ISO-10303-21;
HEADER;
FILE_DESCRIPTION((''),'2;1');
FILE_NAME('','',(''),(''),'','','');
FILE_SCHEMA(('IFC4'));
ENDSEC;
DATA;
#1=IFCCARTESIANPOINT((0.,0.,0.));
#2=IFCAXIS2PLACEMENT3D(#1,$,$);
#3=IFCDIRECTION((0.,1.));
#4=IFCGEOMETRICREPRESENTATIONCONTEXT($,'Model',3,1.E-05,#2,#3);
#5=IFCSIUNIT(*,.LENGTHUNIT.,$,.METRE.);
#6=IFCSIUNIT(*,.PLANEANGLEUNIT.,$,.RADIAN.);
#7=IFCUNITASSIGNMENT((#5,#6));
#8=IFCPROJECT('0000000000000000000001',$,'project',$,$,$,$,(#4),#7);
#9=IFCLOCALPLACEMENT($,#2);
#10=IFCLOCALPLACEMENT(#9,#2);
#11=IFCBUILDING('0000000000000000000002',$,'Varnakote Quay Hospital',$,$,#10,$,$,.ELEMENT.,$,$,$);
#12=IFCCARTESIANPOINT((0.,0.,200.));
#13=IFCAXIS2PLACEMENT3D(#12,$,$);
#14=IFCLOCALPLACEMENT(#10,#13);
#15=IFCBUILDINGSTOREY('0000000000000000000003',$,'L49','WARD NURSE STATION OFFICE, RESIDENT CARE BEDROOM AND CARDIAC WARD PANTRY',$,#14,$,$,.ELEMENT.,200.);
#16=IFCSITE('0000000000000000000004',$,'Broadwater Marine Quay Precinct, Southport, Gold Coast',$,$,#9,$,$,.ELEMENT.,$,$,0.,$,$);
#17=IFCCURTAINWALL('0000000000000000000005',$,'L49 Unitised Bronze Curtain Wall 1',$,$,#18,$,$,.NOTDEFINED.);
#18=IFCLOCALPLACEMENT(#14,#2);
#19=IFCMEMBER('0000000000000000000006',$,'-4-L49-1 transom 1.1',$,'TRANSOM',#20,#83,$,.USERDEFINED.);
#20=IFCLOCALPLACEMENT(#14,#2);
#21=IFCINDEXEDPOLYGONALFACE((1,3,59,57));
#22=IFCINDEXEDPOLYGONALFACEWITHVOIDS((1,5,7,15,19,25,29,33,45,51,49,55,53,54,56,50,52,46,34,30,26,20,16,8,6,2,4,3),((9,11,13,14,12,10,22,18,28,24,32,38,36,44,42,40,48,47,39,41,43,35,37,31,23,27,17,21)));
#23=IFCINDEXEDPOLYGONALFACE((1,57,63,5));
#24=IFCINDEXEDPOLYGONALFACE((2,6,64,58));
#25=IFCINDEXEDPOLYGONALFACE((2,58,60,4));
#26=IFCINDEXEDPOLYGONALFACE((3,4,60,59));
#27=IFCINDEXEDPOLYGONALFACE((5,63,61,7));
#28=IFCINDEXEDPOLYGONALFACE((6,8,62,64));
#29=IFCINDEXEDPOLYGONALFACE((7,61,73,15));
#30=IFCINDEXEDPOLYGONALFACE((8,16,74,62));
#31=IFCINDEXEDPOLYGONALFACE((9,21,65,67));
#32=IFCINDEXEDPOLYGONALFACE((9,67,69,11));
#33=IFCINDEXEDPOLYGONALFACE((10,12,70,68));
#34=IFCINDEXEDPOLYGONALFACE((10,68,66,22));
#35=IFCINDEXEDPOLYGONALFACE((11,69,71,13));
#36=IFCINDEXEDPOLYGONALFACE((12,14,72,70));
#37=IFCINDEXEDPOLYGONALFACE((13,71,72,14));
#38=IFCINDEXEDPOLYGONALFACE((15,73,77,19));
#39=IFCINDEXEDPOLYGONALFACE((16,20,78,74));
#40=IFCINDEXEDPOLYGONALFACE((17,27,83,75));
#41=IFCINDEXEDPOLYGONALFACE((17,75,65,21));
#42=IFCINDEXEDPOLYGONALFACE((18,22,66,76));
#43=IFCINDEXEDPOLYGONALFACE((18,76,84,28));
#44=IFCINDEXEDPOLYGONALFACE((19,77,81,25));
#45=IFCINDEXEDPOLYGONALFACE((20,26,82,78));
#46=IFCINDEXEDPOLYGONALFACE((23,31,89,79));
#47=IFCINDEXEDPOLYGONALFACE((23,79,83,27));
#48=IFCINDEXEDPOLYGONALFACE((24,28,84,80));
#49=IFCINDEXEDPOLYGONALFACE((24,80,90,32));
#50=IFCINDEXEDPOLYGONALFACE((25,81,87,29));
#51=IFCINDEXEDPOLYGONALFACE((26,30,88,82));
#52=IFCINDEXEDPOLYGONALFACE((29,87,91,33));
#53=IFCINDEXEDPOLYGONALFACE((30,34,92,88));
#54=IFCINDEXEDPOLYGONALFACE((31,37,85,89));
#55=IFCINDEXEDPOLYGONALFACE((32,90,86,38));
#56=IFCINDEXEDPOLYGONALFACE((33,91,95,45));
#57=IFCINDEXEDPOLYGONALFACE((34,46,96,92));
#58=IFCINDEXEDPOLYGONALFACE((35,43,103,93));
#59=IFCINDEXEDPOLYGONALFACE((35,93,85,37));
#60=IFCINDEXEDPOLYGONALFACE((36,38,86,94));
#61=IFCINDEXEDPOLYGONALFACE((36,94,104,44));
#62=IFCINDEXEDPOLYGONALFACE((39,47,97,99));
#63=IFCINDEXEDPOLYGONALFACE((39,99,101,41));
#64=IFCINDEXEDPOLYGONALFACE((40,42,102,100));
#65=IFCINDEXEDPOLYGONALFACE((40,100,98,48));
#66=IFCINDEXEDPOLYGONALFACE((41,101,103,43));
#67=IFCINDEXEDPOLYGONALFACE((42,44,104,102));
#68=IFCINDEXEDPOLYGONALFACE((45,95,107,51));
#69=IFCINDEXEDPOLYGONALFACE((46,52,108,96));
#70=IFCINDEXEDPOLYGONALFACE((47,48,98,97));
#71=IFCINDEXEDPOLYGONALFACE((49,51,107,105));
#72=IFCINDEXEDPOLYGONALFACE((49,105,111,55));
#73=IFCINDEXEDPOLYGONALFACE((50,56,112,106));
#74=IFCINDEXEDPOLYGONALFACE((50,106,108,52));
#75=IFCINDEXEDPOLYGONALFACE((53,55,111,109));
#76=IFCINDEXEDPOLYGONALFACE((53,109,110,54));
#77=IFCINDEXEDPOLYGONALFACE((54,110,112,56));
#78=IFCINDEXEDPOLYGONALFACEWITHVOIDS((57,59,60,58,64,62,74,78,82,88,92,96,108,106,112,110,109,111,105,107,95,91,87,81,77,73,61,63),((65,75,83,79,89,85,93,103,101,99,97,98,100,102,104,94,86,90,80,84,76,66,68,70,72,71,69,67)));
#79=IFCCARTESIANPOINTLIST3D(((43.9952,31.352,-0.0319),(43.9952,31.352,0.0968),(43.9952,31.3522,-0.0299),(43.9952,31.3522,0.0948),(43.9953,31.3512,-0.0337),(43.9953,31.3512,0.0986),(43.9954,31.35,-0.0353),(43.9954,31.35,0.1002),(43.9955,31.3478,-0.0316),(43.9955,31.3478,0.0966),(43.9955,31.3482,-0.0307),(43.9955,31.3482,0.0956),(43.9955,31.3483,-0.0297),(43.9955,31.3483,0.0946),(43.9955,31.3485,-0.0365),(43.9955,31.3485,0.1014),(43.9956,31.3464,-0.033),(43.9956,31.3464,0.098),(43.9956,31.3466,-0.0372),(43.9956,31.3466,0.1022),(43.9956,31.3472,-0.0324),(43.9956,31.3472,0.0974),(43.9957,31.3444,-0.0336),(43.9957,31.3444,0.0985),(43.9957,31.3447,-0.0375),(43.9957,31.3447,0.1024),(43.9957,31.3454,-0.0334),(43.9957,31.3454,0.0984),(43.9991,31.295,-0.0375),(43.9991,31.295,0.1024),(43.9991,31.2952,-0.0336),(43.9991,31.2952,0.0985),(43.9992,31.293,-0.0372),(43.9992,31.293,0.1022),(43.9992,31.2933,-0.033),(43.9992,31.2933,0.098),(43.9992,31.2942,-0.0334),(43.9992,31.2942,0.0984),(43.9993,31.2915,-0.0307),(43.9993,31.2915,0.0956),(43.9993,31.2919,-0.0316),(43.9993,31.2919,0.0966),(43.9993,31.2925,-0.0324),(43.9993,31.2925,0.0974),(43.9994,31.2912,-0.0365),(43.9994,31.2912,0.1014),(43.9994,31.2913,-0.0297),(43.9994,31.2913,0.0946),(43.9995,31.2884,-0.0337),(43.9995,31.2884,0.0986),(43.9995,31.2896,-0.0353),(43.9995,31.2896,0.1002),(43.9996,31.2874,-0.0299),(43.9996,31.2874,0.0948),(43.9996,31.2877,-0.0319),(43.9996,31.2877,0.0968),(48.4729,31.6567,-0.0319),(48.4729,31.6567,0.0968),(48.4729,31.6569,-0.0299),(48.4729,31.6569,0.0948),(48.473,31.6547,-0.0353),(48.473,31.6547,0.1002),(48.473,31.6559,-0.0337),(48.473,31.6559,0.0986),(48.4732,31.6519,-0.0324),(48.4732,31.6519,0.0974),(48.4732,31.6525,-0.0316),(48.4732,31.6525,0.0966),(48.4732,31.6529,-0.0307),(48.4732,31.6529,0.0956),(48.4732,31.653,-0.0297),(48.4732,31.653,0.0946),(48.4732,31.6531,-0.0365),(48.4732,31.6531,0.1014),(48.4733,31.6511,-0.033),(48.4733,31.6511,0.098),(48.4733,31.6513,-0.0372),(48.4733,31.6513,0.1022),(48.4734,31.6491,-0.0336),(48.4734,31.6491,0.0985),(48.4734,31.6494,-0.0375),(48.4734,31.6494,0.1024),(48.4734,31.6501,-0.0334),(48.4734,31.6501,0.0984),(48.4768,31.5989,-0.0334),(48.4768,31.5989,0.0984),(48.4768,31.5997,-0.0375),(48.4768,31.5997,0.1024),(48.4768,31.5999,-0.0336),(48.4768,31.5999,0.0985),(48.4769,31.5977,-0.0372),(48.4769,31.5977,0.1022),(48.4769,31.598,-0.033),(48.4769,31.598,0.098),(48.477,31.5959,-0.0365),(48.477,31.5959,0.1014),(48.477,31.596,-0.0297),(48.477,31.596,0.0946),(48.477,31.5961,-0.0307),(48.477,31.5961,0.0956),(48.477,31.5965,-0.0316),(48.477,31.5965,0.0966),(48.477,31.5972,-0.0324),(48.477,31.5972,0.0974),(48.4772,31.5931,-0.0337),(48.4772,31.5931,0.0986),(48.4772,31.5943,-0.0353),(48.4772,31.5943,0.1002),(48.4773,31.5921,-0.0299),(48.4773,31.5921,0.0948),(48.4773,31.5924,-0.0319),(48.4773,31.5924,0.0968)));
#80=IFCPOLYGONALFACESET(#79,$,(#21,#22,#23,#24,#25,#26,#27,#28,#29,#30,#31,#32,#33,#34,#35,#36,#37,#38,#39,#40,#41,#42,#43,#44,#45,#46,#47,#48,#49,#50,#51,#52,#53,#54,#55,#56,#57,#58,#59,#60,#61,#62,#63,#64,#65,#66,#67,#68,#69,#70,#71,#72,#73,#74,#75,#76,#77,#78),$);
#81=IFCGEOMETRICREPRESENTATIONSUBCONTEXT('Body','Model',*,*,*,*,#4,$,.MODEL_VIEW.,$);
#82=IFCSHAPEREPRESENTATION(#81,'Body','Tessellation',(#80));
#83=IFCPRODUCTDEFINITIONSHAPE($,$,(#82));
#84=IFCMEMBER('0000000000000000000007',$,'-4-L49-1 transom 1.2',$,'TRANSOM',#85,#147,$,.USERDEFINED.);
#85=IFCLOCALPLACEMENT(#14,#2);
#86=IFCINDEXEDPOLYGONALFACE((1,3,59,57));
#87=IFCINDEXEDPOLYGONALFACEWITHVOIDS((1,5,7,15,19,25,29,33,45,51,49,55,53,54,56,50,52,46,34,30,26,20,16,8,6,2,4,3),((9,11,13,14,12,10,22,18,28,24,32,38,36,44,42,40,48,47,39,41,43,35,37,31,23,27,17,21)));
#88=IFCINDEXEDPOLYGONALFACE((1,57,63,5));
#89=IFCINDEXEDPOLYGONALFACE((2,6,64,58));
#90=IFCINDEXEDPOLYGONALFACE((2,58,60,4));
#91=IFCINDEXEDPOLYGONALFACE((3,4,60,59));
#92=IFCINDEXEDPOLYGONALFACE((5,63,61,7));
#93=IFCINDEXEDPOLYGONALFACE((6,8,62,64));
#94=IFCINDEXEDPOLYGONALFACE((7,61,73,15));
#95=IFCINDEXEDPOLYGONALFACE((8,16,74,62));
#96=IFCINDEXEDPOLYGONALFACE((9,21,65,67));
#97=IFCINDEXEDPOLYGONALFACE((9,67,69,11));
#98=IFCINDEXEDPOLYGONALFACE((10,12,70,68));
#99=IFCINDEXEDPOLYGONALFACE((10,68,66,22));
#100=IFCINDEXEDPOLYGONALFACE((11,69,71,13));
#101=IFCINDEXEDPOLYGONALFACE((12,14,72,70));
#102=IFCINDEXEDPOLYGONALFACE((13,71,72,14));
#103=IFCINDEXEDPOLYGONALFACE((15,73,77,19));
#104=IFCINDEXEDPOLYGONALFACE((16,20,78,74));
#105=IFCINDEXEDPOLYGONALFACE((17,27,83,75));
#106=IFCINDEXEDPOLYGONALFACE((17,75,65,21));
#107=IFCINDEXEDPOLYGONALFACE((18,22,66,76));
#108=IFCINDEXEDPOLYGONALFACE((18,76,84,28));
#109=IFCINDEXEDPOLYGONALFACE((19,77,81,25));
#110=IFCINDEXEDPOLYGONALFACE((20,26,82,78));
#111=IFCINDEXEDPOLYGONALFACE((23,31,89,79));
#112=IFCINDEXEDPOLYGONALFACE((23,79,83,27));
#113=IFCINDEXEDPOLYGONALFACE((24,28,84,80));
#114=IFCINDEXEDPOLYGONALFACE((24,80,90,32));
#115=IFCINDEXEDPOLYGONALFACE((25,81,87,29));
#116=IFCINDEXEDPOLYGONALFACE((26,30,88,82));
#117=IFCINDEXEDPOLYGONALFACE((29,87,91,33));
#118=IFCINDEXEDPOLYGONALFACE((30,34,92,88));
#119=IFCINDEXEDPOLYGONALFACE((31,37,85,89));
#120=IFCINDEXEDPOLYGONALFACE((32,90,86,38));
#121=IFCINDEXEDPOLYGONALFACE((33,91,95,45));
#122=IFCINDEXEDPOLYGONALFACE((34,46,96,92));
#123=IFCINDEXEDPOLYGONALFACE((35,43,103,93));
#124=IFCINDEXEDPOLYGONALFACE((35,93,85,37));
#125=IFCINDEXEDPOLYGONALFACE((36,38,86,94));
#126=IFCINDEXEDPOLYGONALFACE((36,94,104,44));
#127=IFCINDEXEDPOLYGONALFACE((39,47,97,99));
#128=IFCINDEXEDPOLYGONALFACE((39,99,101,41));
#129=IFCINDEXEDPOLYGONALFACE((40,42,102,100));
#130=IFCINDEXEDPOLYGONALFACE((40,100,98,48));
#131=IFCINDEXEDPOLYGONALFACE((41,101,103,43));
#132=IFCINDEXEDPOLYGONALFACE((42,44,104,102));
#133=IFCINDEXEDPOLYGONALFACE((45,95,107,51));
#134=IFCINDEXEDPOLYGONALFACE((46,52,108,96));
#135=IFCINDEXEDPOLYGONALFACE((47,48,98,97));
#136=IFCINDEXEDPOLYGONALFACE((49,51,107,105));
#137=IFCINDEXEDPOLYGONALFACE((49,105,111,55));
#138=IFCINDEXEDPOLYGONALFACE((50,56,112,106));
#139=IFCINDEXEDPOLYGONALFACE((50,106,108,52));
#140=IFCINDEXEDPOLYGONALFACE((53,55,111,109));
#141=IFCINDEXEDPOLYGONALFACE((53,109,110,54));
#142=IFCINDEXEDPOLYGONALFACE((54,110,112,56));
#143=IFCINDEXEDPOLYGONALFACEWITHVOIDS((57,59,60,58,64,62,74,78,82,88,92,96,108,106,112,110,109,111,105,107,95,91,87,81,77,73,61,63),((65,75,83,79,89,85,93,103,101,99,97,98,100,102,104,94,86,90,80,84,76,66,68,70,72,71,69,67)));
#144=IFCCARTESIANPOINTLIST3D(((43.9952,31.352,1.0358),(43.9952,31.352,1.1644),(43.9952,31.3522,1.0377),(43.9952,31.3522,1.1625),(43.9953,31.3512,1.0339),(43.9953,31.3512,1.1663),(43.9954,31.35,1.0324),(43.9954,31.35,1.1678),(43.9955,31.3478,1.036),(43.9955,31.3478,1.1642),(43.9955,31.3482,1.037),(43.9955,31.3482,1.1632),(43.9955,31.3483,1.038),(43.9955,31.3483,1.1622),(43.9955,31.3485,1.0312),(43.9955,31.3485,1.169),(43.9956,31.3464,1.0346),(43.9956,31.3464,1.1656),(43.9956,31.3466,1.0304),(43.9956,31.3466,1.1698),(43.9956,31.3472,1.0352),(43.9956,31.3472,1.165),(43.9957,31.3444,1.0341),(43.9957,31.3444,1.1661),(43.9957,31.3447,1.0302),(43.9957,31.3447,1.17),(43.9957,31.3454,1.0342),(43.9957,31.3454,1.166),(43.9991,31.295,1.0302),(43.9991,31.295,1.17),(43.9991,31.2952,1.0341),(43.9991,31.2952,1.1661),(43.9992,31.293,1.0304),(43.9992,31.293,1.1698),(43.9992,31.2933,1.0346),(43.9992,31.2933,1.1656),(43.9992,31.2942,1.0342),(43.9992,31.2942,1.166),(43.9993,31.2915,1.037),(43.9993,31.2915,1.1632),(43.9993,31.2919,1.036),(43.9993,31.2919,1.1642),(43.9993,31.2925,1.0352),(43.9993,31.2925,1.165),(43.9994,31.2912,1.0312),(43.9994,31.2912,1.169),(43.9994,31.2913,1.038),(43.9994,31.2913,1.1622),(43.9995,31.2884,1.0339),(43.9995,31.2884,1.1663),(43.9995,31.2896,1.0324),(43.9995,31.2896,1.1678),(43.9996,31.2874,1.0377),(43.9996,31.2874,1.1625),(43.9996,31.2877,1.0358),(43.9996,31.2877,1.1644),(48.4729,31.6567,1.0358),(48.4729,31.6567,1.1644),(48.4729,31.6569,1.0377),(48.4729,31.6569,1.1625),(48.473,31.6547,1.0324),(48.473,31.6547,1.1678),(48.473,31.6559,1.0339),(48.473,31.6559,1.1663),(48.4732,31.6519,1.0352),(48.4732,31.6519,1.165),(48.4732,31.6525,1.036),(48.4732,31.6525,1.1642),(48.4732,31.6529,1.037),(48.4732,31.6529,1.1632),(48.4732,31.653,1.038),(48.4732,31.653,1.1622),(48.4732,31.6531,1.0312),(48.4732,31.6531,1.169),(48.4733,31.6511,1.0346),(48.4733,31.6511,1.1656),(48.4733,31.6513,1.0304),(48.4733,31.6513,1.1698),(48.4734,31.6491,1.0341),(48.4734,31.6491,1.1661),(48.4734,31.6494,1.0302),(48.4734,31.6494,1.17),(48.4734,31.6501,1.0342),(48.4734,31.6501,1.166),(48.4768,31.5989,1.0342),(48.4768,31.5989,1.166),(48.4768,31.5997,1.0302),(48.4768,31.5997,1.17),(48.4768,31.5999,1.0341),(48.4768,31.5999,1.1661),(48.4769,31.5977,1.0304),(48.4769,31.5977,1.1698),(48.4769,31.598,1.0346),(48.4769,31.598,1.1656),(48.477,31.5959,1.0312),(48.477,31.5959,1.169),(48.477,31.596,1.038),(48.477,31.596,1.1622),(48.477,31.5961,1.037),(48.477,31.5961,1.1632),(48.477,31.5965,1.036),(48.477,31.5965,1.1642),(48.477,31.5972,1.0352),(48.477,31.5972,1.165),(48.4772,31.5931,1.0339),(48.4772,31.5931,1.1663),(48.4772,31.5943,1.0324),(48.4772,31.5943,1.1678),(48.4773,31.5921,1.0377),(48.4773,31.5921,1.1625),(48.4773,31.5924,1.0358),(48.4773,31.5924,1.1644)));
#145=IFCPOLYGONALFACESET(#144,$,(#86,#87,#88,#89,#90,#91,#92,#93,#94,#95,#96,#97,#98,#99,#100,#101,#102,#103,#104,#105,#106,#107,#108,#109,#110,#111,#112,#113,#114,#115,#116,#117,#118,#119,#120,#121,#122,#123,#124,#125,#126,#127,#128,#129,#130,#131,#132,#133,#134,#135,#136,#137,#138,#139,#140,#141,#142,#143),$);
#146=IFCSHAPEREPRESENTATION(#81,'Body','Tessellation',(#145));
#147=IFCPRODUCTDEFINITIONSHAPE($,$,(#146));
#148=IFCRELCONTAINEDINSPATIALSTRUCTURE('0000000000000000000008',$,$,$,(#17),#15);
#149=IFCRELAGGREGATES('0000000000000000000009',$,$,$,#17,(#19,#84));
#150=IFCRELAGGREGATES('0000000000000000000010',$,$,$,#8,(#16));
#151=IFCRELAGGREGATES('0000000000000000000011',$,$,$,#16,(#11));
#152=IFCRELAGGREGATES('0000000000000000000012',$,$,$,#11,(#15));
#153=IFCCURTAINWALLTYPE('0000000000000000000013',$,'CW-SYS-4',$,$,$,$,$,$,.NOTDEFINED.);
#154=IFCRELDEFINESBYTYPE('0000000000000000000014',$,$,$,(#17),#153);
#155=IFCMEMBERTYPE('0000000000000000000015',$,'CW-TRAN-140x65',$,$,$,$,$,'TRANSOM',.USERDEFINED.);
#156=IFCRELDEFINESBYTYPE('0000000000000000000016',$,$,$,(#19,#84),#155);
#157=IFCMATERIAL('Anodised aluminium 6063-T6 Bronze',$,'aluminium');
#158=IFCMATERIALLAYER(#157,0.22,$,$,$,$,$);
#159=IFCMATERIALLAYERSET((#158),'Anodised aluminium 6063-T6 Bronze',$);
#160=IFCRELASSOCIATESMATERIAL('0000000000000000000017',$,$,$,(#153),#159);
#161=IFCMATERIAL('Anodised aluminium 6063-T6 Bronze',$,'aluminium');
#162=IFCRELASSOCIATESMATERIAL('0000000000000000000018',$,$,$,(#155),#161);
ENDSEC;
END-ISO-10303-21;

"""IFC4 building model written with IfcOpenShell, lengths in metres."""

from ifc_helpers import new_model, si_unit, direction, frame, origin, origin_2d, place, context, subcontext, project, spatial, hollow_rectangle, extrude, material, layer, layer_set, material_profile, profile_set, type_object, element, aggregate, save


model = new_model("IFC4")

# Units and contexts
model_context = context("Model", 3, precision=1e-05, world=origin(), true_north=direction((0.0, 1.0)))
body_context = subcontext(model_context, "Body", "Model", "MODEL_VIEW")
ifc_project = project(units=[si_unit("LENGTHUNIT", "METRE"), si_unit("PLANEANGLEUNIT", "RADIAN")], contexts=[model_context])

# Site, building, storey
site_placement = place(None, origin())
site = spatial("IfcSite", under=ifc_project, at=site_placement, Name="Broadwater Marine Quay Precinct, Southport, Gold Coast", CompositionType="ELEMENT", RefElevation=0.0)
building_placement = place(site_placement, origin())
building = spatial("IfcBuilding", under=site, at=building_placement, Name="Varnakote Quay Hospital", CompositionType="ELEMENT")
storey_placement = place(building_placement, frame((0.0, 0.0, 200.0)))
storey = spatial("IfcBuildingStorey", under=building, at=storey_placement, Name="L49", Description="WARD NURSE STATION OFFICE, RESIDENT CARE BEDROOM AND CARDIAC WARD PANTRY", CompositionType="ELEMENT", Elevation=200.0)

# Curtain wall, members
ifc_material_1 = material(Name="Anodised aluminium 6063-T6 Bronze", Category="aluminium")
ifc_layer_1 = layer(ifc_material_1, 0.22)
ifc_layer_set_1 = layer_set([ifc_layer_1], Name="Anodised aluminium 6063-T6 Bronze")
curtain_wall_type = type_object("IfcCurtainWallType", Name="CW-SYS-4", PredefinedType="NOTDEFINED", material=ifc_layer_set_1)
curtain_wall_placement = place(storey_placement, origin())
curtain_wall = element("IfcCurtainWall", 1, at=curtain_wall_placement, inside=storey, type_object=curtain_wall_type, Name="L49 Unitised Bronze Curtain Wall 1", PredefinedType="NOTDEFINED")
ifc_material_2 = material(Name="Anodised aluminium 6063-T6 Bronze", Category="aluminium")
ifc_material_profile_1 = material_profile(ifc_material_2, hollow_rectangle(XDim=0.0649, YDim=0.1399, WallThickness=0.0039, InnerFilletRadius=0.0039, OuterFilletRadius=0.0076, at=origin_2d()), Name="CW-TRAN-140x65")
ifc_profile_set_1 = profile_set([ifc_material_profile_1], Name="Anodised aluminium 6063-T6 Bronze")
member_type_1 = type_object("IfcMemberType", Name="CW-TRAN-140x65", ElementType="TRANSOM", PredefinedType="USERDEFINED", material=ifc_profile_set_1)
member_1_placement = place(storey_placement, frame((48.4751, 31.6245, 0.0325), z_axis=(-0.997693, -0.067887, 0.0), x_axis=(0.067887, -0.997693, 0.0)))
member_1 = element("IfcMember", 2, at=member_1_placement, type_object=member_type_1, Name="-4-L49-1 transom 1.1", ObjectType="TRANSOM", PredefinedType="USERDEFINED", context=body_context, shape_type="SweptSolid", body=[
    extrude(hollow_rectangle(XDim=0.0649, YDim=0.1399, WallThickness=0.0039, InnerFilletRadius=0.0039, OuterFilletRadius=0.0076, at=origin_2d()), origin(), (0.0, 0.0, 1.0), 4.488),
])
member_2_placement = place(storey_placement, frame((48.4751, 31.6245, 1.1001), z_axis=(-0.997693, -0.067887, 0.0), x_axis=(0.067887, -0.997693, 0.0)))
member_2 = element("IfcMember", 3, at=member_2_placement, type_object=member_type_1, Name="-4-L49-1 transom 1.2", ObjectType="TRANSOM", PredefinedType="USERDEFINED", context=body_context, shape_type="SweptSolid", body=[
    extrude(hollow_rectangle(XDim=0.0649, YDim=0.1399, WallThickness=0.0039, InnerFilletRadius=0.0039, OuterFilletRadius=0.0076, at=origin_2d()), origin(), (0.0, 0.0, 1.0), 4.488),
])
aggregate(curtain_wall, [member_1, member_2])

save(model, "model.ifc")
